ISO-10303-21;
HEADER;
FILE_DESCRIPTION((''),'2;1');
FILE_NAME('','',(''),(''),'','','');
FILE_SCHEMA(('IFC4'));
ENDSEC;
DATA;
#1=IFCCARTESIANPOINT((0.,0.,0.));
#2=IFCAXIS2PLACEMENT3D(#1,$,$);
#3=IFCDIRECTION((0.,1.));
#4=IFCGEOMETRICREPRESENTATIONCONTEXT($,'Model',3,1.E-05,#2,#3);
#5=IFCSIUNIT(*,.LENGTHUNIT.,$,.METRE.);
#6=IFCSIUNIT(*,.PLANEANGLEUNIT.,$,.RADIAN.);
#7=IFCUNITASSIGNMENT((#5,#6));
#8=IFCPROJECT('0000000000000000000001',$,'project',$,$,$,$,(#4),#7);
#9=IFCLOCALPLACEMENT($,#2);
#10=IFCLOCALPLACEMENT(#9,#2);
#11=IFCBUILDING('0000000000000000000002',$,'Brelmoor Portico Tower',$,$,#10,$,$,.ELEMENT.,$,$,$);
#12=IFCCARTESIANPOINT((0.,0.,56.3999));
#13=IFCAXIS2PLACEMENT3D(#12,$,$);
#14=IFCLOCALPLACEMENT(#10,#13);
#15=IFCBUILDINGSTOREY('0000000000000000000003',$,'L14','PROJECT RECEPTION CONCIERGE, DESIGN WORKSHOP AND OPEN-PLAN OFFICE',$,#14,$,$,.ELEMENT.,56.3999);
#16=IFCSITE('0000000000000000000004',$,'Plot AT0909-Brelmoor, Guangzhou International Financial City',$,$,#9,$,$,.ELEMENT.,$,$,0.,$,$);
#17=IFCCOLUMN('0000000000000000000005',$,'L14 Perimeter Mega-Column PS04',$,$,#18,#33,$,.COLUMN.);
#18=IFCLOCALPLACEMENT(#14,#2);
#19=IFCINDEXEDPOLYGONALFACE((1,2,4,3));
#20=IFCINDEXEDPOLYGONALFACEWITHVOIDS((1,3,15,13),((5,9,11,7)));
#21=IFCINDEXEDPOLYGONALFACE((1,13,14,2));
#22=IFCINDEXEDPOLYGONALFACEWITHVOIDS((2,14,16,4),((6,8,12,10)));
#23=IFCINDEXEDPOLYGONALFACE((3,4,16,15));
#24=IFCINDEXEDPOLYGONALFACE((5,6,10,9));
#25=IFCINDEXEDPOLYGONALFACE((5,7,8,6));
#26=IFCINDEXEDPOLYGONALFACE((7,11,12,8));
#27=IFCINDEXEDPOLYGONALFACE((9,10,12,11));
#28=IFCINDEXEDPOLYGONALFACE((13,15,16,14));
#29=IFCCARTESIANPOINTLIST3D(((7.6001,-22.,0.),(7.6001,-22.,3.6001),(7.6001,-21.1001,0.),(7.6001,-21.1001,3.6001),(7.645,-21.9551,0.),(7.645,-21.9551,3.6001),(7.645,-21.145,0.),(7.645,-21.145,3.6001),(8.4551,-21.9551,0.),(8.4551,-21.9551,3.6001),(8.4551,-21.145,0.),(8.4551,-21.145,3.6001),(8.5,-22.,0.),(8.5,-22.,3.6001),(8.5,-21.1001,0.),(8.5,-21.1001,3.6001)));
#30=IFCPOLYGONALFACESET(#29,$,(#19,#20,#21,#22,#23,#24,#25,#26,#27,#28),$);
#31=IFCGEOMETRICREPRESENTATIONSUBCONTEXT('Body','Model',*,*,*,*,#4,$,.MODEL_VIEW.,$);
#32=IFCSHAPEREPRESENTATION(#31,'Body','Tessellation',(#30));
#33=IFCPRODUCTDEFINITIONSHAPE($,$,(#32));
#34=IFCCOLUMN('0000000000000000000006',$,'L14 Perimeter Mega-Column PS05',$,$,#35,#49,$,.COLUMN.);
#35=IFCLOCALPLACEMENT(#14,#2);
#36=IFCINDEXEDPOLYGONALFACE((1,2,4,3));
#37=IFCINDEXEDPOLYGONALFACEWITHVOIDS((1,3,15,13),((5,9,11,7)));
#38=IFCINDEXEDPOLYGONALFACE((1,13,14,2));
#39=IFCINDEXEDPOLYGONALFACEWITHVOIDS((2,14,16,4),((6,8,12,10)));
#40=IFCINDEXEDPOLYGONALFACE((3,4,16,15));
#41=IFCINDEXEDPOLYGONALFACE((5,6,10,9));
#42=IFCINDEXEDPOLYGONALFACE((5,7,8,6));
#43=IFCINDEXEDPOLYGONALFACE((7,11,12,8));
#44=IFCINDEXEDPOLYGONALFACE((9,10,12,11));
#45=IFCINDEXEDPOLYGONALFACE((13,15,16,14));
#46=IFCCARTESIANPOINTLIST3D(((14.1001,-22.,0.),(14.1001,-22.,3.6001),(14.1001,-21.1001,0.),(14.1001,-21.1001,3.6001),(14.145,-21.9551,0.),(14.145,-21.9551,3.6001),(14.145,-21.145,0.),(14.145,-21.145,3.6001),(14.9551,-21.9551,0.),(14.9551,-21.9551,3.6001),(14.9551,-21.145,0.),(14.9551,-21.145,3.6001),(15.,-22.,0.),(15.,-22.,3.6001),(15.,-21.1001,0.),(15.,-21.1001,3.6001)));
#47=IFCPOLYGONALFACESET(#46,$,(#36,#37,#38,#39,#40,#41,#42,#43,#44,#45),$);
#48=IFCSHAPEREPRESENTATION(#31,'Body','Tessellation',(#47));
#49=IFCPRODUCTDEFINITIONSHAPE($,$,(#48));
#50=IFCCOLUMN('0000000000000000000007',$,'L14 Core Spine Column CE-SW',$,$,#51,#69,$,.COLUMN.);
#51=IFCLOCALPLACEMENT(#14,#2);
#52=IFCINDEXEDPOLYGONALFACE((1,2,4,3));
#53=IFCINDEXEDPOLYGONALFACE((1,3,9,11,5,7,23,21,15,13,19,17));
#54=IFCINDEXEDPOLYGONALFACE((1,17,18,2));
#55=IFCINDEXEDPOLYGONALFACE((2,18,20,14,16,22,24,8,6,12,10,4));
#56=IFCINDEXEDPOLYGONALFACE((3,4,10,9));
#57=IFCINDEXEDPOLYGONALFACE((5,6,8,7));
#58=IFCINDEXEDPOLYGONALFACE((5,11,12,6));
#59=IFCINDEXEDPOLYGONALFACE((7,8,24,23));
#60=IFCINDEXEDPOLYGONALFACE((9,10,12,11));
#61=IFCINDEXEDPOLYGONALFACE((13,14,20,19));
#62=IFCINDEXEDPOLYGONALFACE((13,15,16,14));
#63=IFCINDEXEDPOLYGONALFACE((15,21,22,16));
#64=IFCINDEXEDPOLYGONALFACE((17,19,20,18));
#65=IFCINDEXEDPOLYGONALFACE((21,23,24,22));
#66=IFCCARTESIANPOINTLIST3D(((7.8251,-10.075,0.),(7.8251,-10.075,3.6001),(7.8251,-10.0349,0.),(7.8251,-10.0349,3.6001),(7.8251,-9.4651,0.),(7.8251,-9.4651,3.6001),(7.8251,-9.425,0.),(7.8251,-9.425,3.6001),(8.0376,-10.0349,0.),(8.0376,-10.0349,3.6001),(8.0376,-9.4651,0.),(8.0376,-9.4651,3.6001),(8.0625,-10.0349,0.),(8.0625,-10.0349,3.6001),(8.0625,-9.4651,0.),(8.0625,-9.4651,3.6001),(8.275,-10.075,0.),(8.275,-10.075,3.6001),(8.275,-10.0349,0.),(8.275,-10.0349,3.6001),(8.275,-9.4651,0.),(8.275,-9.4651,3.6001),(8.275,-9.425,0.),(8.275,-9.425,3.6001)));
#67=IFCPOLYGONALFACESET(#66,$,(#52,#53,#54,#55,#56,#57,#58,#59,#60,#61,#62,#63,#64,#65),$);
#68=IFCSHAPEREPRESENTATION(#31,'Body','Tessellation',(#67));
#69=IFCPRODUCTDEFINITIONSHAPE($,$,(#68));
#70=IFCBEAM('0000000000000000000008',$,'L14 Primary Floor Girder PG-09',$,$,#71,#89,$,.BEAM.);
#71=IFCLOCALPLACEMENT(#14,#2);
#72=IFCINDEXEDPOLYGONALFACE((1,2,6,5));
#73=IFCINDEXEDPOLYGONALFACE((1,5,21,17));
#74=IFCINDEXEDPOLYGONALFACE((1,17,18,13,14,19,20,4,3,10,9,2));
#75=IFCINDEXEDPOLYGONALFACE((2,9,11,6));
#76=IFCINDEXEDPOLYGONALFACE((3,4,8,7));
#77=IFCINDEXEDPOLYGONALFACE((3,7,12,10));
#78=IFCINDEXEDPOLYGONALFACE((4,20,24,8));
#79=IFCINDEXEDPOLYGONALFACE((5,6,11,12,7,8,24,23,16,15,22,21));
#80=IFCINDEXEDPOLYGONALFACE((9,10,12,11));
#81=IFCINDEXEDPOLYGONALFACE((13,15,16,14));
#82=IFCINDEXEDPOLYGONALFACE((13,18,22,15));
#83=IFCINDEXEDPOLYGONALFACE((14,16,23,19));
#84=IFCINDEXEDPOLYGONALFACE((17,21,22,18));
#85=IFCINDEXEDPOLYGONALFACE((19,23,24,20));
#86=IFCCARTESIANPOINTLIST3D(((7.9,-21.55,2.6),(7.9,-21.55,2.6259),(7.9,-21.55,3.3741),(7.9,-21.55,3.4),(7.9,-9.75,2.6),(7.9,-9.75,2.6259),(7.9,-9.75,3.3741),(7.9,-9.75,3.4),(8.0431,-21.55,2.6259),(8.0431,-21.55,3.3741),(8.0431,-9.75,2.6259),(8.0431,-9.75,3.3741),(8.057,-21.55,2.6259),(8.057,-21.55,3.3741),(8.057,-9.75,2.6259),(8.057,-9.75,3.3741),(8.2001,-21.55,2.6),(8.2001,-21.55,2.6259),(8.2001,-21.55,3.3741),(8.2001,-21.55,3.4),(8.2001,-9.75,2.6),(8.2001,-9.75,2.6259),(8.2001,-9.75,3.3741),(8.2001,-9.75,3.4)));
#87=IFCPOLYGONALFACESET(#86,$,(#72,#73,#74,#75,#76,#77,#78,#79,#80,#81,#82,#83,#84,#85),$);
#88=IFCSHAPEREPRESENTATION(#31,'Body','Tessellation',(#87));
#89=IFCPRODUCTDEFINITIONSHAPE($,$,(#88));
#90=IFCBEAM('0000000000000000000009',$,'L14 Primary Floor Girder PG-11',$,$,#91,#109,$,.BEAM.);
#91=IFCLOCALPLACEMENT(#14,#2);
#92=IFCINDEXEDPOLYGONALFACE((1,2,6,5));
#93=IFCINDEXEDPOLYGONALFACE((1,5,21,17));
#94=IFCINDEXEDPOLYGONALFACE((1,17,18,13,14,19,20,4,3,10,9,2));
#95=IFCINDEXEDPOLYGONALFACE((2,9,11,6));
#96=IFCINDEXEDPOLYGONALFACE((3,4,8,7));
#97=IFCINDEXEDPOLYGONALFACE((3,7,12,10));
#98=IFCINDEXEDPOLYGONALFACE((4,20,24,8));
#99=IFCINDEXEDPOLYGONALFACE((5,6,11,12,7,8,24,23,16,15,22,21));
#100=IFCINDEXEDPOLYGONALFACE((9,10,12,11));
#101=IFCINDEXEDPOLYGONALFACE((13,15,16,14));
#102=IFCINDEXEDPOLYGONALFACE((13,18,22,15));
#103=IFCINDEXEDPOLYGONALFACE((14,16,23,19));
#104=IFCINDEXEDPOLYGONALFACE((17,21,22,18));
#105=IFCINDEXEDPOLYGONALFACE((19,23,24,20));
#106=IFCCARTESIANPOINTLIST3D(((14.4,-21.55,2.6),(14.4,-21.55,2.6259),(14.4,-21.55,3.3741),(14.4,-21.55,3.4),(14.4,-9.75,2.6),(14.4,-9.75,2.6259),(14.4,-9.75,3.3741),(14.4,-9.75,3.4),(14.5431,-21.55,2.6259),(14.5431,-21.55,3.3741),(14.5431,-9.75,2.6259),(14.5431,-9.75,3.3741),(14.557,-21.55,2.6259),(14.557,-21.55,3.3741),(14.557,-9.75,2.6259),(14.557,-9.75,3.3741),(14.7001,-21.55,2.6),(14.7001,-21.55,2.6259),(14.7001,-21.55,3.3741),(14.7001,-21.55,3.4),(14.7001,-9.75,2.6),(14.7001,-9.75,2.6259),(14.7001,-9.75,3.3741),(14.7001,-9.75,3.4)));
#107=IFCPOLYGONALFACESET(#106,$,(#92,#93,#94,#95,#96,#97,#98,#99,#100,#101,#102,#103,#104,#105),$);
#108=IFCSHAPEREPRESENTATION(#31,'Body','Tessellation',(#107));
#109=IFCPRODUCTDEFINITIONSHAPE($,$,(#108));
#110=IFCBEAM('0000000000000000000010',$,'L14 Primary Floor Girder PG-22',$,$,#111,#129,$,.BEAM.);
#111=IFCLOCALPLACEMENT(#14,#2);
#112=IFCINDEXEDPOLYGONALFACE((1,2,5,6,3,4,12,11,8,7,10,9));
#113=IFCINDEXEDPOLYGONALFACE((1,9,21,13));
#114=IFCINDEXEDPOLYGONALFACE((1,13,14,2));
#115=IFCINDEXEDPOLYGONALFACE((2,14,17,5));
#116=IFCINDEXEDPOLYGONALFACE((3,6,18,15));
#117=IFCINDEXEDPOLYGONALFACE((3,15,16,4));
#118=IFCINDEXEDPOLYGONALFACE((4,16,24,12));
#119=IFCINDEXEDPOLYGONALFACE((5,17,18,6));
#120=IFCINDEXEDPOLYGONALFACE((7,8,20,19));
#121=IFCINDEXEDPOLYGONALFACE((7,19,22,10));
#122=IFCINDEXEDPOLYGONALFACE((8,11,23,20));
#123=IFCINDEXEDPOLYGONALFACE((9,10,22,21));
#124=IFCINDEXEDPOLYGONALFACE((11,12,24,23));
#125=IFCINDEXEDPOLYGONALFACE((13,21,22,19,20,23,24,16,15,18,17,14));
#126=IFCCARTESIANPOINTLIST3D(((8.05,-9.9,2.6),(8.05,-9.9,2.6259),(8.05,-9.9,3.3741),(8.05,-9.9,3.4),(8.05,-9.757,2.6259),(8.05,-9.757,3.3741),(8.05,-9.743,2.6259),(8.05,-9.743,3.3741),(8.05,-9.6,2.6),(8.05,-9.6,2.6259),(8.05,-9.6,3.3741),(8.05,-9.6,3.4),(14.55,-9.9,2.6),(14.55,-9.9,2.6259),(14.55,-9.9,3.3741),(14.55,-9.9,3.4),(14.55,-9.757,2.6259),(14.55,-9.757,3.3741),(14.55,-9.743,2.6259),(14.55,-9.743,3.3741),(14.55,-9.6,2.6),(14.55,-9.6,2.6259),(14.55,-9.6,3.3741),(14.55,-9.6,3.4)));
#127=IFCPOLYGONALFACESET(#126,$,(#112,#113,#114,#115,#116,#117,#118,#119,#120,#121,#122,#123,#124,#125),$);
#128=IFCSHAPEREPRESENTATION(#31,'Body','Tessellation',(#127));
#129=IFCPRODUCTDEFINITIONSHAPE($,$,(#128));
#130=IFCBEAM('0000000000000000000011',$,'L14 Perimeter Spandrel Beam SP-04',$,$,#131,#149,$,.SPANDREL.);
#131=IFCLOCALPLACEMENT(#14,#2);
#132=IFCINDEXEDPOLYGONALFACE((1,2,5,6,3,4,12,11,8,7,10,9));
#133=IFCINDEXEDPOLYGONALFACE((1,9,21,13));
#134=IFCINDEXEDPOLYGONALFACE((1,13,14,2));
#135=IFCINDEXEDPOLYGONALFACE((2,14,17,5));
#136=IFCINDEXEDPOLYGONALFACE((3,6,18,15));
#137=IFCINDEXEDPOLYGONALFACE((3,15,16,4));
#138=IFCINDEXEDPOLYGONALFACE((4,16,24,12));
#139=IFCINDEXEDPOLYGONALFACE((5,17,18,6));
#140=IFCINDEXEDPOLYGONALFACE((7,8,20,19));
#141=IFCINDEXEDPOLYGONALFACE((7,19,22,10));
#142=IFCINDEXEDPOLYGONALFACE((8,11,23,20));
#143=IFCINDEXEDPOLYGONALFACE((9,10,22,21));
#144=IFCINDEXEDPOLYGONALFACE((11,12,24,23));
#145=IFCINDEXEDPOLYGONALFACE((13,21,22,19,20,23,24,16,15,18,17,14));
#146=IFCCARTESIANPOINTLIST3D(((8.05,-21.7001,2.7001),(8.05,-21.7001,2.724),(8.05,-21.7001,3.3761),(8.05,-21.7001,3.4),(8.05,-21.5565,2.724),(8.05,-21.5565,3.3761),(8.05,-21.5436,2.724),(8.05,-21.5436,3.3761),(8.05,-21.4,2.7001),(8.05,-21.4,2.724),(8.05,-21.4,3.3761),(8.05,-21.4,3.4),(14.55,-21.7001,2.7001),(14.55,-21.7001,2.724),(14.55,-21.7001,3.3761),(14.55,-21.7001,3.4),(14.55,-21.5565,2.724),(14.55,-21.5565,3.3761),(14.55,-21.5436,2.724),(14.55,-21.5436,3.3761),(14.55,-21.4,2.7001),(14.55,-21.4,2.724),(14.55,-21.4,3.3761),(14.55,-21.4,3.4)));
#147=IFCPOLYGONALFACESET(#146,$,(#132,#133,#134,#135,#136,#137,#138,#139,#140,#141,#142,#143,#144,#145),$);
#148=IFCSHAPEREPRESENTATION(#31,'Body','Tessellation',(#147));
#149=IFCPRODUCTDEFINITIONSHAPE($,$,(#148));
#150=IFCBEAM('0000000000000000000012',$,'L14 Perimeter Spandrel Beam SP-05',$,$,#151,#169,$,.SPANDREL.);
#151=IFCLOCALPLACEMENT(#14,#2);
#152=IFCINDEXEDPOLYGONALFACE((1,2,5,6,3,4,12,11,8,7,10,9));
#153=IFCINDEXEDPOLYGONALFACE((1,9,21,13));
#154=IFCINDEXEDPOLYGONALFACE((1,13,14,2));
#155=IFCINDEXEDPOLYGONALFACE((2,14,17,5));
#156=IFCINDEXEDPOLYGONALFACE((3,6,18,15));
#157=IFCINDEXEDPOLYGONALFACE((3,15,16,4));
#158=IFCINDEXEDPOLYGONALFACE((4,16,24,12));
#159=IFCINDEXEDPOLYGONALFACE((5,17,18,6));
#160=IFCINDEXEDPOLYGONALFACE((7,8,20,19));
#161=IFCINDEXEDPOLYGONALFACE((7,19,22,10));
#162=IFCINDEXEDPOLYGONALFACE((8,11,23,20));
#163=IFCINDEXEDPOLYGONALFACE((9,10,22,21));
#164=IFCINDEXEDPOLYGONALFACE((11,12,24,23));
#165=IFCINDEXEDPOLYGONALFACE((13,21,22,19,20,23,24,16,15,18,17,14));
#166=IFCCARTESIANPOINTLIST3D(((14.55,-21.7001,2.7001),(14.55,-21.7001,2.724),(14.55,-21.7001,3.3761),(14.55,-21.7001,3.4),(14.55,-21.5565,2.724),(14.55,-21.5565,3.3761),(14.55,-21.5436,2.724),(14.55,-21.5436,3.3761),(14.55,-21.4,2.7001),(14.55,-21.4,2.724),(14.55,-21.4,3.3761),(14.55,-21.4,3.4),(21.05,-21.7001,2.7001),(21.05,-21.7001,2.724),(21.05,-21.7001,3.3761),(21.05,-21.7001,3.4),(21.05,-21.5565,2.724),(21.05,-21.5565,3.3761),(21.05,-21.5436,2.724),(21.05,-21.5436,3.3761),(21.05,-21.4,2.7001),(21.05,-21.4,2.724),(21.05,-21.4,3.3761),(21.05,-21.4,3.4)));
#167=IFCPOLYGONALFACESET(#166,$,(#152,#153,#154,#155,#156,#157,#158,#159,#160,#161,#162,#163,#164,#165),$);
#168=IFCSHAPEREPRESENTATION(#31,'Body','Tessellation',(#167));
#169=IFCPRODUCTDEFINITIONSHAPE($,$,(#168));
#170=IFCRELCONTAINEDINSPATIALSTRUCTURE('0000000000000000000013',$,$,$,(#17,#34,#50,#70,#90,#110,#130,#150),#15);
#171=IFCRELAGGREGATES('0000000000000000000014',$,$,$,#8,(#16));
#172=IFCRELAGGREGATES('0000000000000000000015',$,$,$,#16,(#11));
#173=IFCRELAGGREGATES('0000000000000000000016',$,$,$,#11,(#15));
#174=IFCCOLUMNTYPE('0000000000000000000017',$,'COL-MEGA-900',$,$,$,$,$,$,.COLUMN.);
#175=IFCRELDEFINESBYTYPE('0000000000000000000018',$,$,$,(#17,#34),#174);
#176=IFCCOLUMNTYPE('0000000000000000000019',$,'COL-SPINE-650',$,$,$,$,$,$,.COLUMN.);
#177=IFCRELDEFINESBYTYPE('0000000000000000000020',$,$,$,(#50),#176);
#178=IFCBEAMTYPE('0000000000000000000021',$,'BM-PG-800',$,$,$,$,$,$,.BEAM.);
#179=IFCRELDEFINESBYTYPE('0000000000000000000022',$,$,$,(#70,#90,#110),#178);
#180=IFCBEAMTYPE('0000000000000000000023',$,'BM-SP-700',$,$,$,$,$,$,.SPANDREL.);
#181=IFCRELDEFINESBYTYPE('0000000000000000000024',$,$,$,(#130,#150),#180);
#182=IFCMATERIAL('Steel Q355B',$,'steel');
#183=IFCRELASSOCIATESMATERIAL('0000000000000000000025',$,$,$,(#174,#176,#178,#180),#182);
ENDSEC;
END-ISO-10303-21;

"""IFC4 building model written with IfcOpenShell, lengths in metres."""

from ifc_helpers import new_model, si_unit, direction, frame, origin, origin_2d, place, context, subcontext, project, spatial, hollow_rectangle, i_section, extrude, material, material_profile, profile_set, type_object, element, save


model = new_model("IFC4")

# Units and contexts
model_context = context("Model", 3, precision=1e-05, world=origin(), true_north=direction((0.0, 1.0)))
body_context = subcontext(model_context, "Body", "Model", "MODEL_VIEW")
ifc_project = project(units=[si_unit("LENGTHUNIT", "METRE"), si_unit("PLANEANGLEUNIT", "RADIAN")], contexts=[model_context])

# Site, building, storey
site_placement = place(None, origin())
site = spatial("IfcSite", under=ifc_project, at=site_placement, Name="Plot AT0909-Brelmoor, Guangzhou International Financial City", CompositionType="ELEMENT", RefElevation=0.0)
building_placement = place(site_placement, origin())
building = spatial("IfcBuilding", under=site, at=building_placement, Name="Brelmoor Portico Tower", CompositionType="ELEMENT")
storey_placement = place(building_placement, frame((0.0, 0.0, 56.3999)))
storey = spatial("IfcBuildingStorey", under=building, at=storey_placement, Name="L14", Description="PROJECT RECEPTION CONCIERGE, DESIGN WORKSHOP AND OPEN-PLAN OFFICE", CompositionType="ELEMENT", Elevation=56.3999)

# Columns
ifc_material_1 = material(Name="Steel Q355B", Category="steel")
ifc_material_profile_1 = material_profile(ifc_material_1, hollow_rectangle(XDim=0.8999, YDim=0.8999, WallThickness=0.0449, at=origin_2d()), Name="BOX 900x900x45")
ifc_profile_set_1 = profile_set([ifc_material_profile_1], Name="Steel Q355B")
column_type_1 = type_object("IfcColumnType", Name="COL-MEGA-900", PredefinedType="COLUMN", material=ifc_profile_set_1)
for number, where, z_axis, x_axis, name in (
    (1, (8.05, -21.55, 0.0), (0.0, 0.0, 1.0), (1.0, 0.0, 0.0), "L14 Perimeter Mega-Column PS04"),
    (2, (14.55, -21.55, 0.0), (0.0, 0.0, 1.0), (1.0, 0.0, 0.0), "L14 Perimeter Mega-Column PS05"),
):
    element("IfcColumn", number, at=place(storey_placement, frame(where, z_axis=z_axis, x_axis=x_axis)), inside=storey, type_object=column_type_1, Name=name, PredefinedType="COLUMN", context=body_context, shape_type="SweptSolid", body=[
        extrude(hollow_rectangle(XDim=0.8999, YDim=0.8999, WallThickness=0.0449, at=origin_2d()), origin(), (0.0, 0.0, 1.0), 3.6001),
    ])
ifc_material_profile_2 = material_profile(ifc_material_1, i_section(OverallWidth=0.45, OverallDepth=0.6499, WebThickness=0.0249, FlangeThickness=0.04, at=origin_2d()), Name="HW 650x450x25x40")
ifc_profile_set_2 = profile_set([ifc_material_profile_2], Name="Steel Q355B")
column_type_2 = type_object("IfcColumnType", Name="COL-SPINE-650", PredefinedType="COLUMN", material=ifc_profile_set_2)
column_placement = place(storey_placement, frame((8.05, -9.75, 0.0), z_axis=(0.0, 0.0, 1.0), x_axis=(1.0, 0.0, 0.0)))
element("IfcColumn", 3, at=column_placement, inside=storey, type_object=column_type_2, Name="L14 Core Spine Column CE-SW", PredefinedType="COLUMN", context=body_context, shape_type="SweptSolid", body=[
    extrude(i_section(OverallWidth=0.45, OverallDepth=0.6499, WebThickness=0.0249, FlangeThickness=0.04, at=origin_2d()), origin(), (0.0, 0.0, 1.0), 3.6001),
])

# Beams
ifc_material_profile_3 = material_profile(ifc_material_1, i_section(OverallWidth=0.3, OverallDepth=0.8, WebThickness=0.0139, FlangeThickness=0.0259, at=origin_2d()), Name="HN 800x300x14x26")
ifc_profile_set_3 = profile_set([ifc_material_profile_3], Name="Steel Q355B")
beam_type_1 = type_object("IfcBeamType", Name="BM-PG-800", PredefinedType="BEAM", material=ifc_profile_set_3)
for number, where, z_axis, x_axis, name in (
    (4, (8.05, -21.55, 3.0), (0.0, 1.0, 0.0), (-1.0, 0.0, 0.0), "L14 Primary Floor Girder PG-09"),
    (5, (14.55, -21.55, 3.0), (0.0, 1.0, 0.0), (-1.0, 0.0, 0.0), "L14 Primary Floor Girder PG-11"),
):
    element("IfcBeam", number, at=place(storey_placement, frame(where, z_axis=z_axis, x_axis=x_axis)), inside=storey, type_object=beam_type_1, Name=name, PredefinedType="BEAM", context=body_context, shape_type="SweptSolid", body=[
        extrude(i_section(OverallWidth=0.3, OverallDepth=0.8, WebThickness=0.0139, FlangeThickness=0.0259, at=origin_2d()), origin(), (0.0, 0.0, 1.0), 11.8),
    ])
beam_placement = place(storey_placement, frame((8.05, -9.75, 3.0), z_axis=(1.0, 0.0, 0.0), x_axis=(0.0, 1.0, 0.0)))
element("IfcBeam", 6, at=beam_placement, inside=storey, type_object=beam_type_1, Name="L14 Primary Floor Girder PG-22", PredefinedType="BEAM", context=body_context, shape_type="SweptSolid", body=[
    extrude(i_section(OverallWidth=0.3, OverallDepth=0.8, WebThickness=0.0139, FlangeThickness=0.0259, at=origin_2d()), origin(), (0.0, 0.0, 1.0), 6.5),
])
ifc_material_profile_4 = material_profile(ifc_material_1, i_section(OverallWidth=0.3, OverallDepth=0.7, WebThickness=0.0129, FlangeThickness=0.0239, at=origin_2d()), Name="HN 700x300x13x24")
ifc_profile_set_4 = profile_set([ifc_material_profile_4], Name="Steel Q355B")
beam_type_2 = type_object("IfcBeamType", Name="BM-SP-700", PredefinedType="SPANDREL", material=ifc_profile_set_4)
for number, where, z_axis, x_axis, name in (
    (7, (8.05, -21.55, 3.05), (1.0, 0.0, 0.0), (0.0, 1.0, 0.0), "L14 Perimeter Spandrel Beam SP-04"),
    (8, (14.55, -21.55, 3.05), (1.0, 0.0, 0.0), (0.0, 1.0, 0.0), "L14 Perimeter Spandrel Beam SP-05"),
):
    element("IfcBeam", number, at=place(storey_placement, frame(where, z_axis=z_axis, x_axis=x_axis)), inside=storey, type_object=beam_type_2, Name=name, PredefinedType="SPANDREL", context=body_context, shape_type="SweptSolid", body=[
        extrude(i_section(OverallWidth=0.3, OverallDepth=0.7, WebThickness=0.0129, FlangeThickness=0.0239, at=origin_2d()), origin(), (0.0, 0.0, 1.0), 6.5),
    ])

save(model, "model.ifc")
